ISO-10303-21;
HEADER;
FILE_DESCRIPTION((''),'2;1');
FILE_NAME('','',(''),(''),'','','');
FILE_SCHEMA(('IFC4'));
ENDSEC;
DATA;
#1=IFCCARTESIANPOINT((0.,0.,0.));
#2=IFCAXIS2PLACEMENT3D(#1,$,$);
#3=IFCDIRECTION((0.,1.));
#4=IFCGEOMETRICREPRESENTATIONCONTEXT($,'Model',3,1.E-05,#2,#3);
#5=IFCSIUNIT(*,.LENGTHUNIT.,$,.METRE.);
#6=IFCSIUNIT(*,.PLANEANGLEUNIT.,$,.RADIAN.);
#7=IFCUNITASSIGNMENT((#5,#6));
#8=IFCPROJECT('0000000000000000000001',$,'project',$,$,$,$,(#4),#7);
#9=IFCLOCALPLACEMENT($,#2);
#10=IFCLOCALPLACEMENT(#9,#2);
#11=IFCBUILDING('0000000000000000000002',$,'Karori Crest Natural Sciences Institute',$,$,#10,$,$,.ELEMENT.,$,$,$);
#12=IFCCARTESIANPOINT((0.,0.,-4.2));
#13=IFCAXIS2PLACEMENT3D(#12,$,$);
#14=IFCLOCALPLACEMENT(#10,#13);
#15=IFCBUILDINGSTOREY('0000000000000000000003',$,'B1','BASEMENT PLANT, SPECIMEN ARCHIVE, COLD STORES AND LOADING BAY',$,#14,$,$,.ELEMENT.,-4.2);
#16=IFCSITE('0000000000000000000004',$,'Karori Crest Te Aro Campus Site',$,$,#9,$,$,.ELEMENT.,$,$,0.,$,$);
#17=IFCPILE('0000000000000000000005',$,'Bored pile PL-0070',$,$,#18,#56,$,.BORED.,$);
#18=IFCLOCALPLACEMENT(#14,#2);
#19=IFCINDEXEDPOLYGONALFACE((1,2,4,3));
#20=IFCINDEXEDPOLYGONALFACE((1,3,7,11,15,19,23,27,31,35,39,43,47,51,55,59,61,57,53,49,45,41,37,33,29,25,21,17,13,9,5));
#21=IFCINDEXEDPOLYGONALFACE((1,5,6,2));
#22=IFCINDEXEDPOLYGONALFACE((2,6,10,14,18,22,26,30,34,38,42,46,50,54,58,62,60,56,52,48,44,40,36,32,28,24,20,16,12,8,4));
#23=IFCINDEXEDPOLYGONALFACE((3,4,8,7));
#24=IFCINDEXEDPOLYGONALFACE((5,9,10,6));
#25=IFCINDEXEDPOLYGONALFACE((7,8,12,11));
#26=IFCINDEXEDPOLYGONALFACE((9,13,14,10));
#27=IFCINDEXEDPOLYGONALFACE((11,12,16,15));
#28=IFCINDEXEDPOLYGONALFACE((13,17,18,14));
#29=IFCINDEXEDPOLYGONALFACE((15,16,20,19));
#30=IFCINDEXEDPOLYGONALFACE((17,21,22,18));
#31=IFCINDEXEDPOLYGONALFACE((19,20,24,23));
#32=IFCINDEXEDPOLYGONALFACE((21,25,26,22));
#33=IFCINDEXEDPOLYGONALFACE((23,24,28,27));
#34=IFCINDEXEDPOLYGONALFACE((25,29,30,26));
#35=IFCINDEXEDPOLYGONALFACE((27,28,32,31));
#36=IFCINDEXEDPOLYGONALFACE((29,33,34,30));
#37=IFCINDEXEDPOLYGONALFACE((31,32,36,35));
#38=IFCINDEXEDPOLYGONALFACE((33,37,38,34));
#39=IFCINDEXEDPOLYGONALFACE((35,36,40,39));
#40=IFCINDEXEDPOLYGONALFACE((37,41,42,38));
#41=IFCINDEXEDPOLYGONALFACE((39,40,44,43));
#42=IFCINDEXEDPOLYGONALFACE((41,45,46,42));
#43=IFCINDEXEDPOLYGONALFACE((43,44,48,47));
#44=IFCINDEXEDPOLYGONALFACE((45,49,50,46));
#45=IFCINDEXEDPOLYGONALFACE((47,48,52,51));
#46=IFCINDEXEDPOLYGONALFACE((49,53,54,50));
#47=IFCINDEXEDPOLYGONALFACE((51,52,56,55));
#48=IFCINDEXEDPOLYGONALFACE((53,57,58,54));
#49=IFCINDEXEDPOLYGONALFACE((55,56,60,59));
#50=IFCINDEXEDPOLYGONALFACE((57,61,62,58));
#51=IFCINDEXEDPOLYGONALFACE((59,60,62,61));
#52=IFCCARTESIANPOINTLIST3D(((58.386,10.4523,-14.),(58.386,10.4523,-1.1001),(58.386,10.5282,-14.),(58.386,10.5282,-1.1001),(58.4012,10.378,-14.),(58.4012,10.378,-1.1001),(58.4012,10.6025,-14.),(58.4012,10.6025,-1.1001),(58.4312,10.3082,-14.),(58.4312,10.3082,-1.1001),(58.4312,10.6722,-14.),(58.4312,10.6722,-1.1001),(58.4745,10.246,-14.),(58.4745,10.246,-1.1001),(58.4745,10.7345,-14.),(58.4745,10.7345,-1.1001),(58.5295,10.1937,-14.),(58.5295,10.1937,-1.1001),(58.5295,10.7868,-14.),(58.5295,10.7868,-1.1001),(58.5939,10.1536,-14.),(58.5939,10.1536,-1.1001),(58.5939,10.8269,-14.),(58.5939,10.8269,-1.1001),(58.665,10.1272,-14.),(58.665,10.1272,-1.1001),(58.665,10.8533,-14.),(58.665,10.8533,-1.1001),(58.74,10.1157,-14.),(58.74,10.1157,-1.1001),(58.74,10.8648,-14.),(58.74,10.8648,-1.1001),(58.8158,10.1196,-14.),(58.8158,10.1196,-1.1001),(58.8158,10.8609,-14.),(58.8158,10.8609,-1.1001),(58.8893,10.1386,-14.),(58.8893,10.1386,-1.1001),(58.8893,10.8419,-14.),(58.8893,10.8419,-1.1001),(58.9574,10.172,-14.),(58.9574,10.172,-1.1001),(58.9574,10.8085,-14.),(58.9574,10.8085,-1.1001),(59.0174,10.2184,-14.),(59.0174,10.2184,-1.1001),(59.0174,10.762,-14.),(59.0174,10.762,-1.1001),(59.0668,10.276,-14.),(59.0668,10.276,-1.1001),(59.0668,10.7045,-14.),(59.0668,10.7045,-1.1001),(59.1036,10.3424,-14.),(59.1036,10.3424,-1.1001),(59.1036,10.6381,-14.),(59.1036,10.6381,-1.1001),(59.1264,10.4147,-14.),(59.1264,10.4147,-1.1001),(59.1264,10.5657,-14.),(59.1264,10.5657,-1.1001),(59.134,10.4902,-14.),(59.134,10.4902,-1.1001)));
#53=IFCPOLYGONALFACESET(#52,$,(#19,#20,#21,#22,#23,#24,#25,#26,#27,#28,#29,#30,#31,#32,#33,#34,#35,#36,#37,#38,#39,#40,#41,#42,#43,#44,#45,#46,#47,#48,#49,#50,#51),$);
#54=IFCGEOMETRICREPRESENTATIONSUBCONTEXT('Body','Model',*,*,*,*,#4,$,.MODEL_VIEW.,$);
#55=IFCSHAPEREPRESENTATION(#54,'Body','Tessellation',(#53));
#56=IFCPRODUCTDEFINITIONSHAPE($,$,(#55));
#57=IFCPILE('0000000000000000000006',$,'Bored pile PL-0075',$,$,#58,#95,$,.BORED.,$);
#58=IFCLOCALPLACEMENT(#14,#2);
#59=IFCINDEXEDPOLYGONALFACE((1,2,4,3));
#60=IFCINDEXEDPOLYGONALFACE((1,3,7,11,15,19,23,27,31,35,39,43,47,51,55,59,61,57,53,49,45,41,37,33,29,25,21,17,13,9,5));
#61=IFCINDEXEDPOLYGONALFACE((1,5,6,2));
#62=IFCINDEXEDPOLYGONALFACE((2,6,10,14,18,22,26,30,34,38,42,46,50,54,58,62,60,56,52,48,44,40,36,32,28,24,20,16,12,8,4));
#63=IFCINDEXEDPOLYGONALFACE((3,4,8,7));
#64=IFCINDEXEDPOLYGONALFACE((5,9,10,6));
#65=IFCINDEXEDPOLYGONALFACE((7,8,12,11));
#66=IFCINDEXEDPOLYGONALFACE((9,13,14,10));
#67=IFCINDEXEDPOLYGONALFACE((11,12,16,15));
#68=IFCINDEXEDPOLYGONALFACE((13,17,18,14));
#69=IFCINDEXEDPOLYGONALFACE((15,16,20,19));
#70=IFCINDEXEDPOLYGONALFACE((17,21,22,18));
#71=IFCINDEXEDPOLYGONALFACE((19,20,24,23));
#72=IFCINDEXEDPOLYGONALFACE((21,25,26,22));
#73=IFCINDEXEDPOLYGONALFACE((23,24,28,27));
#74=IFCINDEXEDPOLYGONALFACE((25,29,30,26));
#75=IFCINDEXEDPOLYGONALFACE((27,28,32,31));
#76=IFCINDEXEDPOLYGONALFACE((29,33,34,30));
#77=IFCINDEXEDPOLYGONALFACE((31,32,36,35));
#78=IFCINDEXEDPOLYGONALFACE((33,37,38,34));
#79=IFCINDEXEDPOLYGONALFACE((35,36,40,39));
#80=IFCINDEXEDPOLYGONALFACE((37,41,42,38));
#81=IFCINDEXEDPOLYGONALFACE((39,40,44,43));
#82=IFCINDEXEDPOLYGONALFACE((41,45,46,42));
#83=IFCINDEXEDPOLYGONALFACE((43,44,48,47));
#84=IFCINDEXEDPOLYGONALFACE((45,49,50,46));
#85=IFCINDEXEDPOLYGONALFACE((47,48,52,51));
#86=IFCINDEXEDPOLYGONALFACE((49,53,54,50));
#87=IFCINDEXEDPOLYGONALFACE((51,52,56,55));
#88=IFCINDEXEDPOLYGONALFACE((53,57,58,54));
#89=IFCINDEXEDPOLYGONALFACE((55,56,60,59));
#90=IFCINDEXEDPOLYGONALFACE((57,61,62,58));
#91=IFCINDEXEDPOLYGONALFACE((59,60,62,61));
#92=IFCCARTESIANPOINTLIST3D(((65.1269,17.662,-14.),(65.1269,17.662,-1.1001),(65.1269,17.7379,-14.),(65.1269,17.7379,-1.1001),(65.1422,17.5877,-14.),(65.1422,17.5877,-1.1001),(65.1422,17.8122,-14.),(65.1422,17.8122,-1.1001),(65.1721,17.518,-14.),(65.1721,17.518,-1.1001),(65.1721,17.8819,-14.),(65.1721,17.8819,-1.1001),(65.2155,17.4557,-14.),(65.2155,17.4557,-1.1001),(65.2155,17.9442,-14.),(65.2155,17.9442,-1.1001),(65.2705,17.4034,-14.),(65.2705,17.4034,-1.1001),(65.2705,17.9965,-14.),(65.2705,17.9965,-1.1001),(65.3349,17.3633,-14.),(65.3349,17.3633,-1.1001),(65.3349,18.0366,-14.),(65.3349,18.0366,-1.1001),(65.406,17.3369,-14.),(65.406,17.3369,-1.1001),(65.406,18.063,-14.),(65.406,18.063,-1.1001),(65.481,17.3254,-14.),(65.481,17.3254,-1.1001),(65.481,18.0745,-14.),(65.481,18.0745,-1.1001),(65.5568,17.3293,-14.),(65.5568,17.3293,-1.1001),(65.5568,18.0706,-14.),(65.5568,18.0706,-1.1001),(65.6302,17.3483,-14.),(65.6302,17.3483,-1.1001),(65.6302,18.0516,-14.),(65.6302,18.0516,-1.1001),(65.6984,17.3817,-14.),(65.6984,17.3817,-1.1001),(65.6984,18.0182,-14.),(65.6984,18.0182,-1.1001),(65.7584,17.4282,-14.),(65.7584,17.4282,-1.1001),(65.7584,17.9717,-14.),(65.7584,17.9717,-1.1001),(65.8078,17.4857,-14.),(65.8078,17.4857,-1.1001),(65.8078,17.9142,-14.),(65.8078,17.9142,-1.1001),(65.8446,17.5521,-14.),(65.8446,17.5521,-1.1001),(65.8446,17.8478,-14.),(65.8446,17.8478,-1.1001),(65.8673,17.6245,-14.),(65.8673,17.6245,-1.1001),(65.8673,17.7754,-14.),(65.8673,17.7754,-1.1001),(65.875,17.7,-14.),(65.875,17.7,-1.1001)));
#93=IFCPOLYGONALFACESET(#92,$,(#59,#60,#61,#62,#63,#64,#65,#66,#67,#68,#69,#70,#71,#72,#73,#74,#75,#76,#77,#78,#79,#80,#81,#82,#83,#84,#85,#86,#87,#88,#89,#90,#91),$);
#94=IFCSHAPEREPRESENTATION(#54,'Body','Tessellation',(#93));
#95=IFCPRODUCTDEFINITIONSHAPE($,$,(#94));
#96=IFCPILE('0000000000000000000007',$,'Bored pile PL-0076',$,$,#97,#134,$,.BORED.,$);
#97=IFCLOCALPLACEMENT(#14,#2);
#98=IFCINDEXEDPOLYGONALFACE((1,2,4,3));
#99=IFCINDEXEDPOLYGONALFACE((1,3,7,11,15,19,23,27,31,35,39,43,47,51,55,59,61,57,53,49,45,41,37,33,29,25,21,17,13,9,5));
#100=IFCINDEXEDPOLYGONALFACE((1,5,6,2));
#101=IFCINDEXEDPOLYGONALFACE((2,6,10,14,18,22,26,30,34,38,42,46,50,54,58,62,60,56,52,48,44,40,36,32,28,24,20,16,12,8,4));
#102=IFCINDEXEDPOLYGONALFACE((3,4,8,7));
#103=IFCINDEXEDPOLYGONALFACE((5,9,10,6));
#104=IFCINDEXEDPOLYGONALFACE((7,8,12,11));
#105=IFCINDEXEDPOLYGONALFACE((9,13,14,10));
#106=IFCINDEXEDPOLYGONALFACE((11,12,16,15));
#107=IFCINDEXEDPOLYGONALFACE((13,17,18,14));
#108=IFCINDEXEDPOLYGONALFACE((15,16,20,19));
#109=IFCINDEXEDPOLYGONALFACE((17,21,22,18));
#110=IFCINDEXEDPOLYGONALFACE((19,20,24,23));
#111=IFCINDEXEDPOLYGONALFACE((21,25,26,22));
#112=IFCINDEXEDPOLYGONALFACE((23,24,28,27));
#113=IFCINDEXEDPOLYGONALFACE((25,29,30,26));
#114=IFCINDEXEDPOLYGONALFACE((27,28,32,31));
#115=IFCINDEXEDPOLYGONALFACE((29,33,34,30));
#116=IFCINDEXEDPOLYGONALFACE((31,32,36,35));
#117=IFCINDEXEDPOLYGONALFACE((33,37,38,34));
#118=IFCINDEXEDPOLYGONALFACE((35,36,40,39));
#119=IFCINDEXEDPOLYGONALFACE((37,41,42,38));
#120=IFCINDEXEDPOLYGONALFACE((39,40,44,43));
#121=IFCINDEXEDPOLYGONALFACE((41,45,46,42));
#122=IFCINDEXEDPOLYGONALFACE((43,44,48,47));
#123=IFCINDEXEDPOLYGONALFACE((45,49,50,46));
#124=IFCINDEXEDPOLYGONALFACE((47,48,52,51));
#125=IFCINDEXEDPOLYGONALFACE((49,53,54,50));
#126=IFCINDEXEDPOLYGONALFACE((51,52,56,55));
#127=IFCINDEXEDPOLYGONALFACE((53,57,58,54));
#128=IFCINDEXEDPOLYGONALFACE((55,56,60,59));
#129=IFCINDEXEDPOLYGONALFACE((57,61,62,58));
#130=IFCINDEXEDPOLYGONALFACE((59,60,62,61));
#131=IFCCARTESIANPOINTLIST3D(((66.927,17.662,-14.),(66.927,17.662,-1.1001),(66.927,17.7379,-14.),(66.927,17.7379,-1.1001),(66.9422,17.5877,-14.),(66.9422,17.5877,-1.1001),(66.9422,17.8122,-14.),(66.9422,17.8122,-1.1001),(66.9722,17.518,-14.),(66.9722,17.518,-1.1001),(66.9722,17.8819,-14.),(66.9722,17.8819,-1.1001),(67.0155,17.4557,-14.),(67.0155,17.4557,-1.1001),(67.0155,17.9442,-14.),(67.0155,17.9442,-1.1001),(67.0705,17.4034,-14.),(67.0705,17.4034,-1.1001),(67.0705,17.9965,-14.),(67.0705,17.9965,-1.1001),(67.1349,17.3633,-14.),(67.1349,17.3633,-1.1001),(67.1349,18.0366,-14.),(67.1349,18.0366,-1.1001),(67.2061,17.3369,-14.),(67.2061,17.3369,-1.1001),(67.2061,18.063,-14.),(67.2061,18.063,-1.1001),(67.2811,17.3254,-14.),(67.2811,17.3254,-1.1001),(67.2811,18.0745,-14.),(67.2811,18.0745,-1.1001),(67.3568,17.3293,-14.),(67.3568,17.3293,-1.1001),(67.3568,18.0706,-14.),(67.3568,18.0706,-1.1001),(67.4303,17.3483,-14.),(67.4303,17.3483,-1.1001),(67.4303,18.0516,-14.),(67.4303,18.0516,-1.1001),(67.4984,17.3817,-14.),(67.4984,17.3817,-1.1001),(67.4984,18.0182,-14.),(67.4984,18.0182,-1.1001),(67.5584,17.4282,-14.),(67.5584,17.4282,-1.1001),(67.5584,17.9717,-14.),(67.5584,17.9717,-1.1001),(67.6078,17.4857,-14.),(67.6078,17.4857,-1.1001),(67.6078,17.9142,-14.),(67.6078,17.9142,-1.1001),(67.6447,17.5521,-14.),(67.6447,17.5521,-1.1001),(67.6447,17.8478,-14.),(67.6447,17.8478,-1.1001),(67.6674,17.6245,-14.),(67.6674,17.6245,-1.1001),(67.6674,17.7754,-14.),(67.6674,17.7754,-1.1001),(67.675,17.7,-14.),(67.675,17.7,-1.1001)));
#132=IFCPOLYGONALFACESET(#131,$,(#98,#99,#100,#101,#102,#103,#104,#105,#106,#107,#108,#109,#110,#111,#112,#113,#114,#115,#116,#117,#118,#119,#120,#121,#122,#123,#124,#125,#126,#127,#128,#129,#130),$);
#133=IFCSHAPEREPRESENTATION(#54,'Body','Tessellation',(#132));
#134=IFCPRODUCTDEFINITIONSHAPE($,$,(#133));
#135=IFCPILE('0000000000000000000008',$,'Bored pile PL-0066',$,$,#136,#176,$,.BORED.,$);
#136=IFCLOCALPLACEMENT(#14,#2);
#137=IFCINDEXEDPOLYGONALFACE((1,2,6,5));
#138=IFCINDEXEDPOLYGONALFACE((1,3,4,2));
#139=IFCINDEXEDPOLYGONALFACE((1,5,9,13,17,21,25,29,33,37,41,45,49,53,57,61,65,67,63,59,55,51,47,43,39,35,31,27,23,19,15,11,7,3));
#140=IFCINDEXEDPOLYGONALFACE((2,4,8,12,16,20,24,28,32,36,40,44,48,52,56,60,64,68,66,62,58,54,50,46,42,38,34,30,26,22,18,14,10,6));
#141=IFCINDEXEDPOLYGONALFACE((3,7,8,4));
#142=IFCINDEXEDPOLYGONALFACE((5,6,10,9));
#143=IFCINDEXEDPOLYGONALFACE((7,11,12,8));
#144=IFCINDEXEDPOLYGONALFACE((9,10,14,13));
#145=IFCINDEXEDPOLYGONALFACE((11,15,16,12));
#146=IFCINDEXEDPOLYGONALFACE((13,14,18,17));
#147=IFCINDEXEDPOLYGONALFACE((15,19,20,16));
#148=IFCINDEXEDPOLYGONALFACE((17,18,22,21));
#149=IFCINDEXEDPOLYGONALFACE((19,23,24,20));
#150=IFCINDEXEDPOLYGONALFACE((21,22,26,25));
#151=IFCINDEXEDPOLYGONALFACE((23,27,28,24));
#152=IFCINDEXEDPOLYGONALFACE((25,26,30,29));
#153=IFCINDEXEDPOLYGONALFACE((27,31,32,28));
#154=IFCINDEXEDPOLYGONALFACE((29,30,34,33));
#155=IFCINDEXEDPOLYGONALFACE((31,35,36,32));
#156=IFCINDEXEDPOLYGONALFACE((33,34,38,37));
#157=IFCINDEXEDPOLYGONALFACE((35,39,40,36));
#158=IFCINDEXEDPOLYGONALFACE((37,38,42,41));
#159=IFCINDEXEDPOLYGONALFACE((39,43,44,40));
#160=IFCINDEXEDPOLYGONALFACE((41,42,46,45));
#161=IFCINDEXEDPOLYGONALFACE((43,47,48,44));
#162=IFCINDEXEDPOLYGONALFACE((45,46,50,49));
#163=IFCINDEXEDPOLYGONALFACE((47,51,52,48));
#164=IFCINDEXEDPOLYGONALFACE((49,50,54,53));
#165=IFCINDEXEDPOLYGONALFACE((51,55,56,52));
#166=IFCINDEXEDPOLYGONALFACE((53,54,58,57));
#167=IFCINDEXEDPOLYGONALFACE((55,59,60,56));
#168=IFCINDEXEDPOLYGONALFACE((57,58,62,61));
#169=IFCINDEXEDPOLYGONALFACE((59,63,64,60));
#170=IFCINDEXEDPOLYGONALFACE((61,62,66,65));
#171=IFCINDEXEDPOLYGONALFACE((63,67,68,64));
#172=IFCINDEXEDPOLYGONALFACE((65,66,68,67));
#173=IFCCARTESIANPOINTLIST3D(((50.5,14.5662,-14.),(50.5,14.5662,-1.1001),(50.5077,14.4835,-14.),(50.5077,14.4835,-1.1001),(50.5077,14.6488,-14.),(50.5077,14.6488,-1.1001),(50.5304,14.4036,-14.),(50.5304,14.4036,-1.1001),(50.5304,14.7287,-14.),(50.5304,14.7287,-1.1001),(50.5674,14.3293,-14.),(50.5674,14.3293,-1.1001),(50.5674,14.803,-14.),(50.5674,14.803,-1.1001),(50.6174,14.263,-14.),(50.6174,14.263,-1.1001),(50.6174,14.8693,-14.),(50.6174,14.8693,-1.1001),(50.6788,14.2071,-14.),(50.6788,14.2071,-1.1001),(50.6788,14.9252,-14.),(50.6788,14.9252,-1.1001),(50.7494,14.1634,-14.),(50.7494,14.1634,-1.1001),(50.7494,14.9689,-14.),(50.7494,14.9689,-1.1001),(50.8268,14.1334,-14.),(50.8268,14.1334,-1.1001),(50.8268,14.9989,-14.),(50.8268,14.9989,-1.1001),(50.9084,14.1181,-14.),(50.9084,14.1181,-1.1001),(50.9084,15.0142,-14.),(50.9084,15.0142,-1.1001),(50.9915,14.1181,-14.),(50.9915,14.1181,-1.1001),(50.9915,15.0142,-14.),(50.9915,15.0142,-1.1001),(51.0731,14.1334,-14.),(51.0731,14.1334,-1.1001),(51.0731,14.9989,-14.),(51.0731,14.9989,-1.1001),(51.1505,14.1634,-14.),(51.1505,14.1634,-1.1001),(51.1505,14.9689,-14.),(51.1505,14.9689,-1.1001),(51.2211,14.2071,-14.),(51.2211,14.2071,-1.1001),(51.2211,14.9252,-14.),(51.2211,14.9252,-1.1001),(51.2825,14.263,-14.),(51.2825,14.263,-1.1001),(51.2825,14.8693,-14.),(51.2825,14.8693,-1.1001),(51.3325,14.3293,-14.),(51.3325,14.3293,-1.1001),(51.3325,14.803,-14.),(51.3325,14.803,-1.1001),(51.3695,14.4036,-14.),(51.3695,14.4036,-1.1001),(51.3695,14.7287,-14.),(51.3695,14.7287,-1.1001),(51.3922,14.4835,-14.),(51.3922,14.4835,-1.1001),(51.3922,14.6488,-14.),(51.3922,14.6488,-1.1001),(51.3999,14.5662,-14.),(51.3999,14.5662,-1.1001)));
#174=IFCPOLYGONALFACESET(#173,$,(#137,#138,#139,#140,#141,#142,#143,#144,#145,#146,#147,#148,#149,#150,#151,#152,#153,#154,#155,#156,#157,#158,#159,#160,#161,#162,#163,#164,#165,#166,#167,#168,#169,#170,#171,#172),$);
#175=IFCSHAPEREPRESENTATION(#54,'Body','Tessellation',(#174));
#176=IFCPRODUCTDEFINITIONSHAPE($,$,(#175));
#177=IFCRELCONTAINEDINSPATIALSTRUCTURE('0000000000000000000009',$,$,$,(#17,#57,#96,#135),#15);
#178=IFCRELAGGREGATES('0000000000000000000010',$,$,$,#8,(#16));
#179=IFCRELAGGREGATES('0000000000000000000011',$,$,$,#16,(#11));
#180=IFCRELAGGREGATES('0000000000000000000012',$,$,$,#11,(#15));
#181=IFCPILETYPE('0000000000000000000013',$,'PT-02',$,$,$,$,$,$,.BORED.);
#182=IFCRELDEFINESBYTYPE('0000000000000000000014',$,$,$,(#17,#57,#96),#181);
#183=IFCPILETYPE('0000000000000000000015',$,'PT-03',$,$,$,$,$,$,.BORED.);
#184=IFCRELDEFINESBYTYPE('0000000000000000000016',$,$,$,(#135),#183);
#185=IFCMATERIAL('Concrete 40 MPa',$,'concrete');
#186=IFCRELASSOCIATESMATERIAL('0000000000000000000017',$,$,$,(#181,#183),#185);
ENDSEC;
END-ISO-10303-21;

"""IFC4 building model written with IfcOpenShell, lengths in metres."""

from ifc_helpers import new_model, si_unit, direction, frame, origin, origin_2d, place, context, subcontext, project, spatial, circle, extrude, material, material_profile, profile_set, type_object, element, save


model = new_model("IFC4")

# Units and contexts
model_context = context("Model", 3, precision=1e-05, world=origin(), true_north=direction((0.0, 1.0)))
body_context = subcontext(model_context, "Body", "Model", "MODEL_VIEW")
ifc_project = project(units=[si_unit("LENGTHUNIT", "METRE"), si_unit("PLANEANGLEUNIT", "RADIAN")], contexts=[model_context])

# Site, building, storey
site_placement = place(None, origin())
site = spatial("IfcSite", under=ifc_project, at=site_placement, Name="Karori Crest Te Aro Campus Site", CompositionType="ELEMENT", RefElevation=0.0)
building_placement = place(site_placement, origin())
building = spatial("IfcBuilding", under=site, at=building_placement, Name="Karori Crest Natural Sciences Institute", CompositionType="ELEMENT")
storey_placement = place(building_placement, frame((0.0, 0.0, -4.2)))
storey = spatial("IfcBuildingStorey", under=building, at=storey_placement, Name="B1", Description="BASEMENT PLANT, SPECIMEN ARCHIVE, COLD STORES AND LOADING BAY", CompositionType="ELEMENT", Elevation=-4.2)

# Shared definitions
ifc_material_1 = material(Name="Concrete 40 MPa", Category="concrete")

# Piles
ifc_material_profile_1 = material_profile(ifc_material_1, circle(Radius=0.375, at=origin_2d()), Name="PILE750")
ifc_profile_set_1 = profile_set([ifc_material_profile_1], Name="Concrete 40 MPa")
pile_type_1 = type_object("IfcPileType", Name="PT-02", PredefinedType="BORED", material=ifc_profile_set_1)
for number, where, z_axis, x_axis, name in (
    (1, (58.759, 10.4902, -1.1001), (0.0, 0.0, -1.0), (1.0, 0.0, 0.0), "Bored pile PL-0070"),
    (2, (65.5, 17.7, -1.1001), (0.0, 0.0, -1.0), (1.0, 0.0, 0.0), "Bored pile PL-0075"),
    (3, (67.3, 17.7, -1.1001), (0.0, 0.0, -1.0), (1.0, 0.0, 0.0), "Bored pile PL-0076"),
):
    element("IfcPile", number, at=place(storey_placement, frame(where, z_axis=z_axis, x_axis=x_axis)), inside=storey, type_object=pile_type_1, Name=name, PredefinedType="BORED", context=body_context, shape_type="SweptSolid", body=[
        extrude(circle(Radius=0.375, at=origin_2d()), origin(), (0.0, 0.0, 1.0), 12.8999),
    ])
ifc_material_profile_2 = material_profile(ifc_material_1, circle(Radius=0.45, at=origin_2d()), Name="PILE900")
ifc_profile_set_2 = profile_set([ifc_material_profile_2], Name="Concrete 40 MPa")
pile_type_2 = type_object("IfcPileType", Name="PT-03", PredefinedType="BORED", material=ifc_profile_set_2)
for number, where, z_axis, x_axis, name in (
    (4, (50.95, 14.5662, -1.1001), (0.0, 0.0, -1.0), (1.0, 0.0, 0.0), "Bored pile PL-0066"),
):
    element("IfcPile", number, at=place(storey_placement, frame(where, z_axis=z_axis, x_axis=x_axis)), inside=storey, type_object=pile_type_2, Name=name, PredefinedType="BORED", context=body_context, shape_type="SweptSolid", body=[
        extrude(circle(Radius=0.45, at=origin_2d()), origin(), (0.0, 0.0, 1.0), 12.8999),
    ])

save(model, "model.ifc")
